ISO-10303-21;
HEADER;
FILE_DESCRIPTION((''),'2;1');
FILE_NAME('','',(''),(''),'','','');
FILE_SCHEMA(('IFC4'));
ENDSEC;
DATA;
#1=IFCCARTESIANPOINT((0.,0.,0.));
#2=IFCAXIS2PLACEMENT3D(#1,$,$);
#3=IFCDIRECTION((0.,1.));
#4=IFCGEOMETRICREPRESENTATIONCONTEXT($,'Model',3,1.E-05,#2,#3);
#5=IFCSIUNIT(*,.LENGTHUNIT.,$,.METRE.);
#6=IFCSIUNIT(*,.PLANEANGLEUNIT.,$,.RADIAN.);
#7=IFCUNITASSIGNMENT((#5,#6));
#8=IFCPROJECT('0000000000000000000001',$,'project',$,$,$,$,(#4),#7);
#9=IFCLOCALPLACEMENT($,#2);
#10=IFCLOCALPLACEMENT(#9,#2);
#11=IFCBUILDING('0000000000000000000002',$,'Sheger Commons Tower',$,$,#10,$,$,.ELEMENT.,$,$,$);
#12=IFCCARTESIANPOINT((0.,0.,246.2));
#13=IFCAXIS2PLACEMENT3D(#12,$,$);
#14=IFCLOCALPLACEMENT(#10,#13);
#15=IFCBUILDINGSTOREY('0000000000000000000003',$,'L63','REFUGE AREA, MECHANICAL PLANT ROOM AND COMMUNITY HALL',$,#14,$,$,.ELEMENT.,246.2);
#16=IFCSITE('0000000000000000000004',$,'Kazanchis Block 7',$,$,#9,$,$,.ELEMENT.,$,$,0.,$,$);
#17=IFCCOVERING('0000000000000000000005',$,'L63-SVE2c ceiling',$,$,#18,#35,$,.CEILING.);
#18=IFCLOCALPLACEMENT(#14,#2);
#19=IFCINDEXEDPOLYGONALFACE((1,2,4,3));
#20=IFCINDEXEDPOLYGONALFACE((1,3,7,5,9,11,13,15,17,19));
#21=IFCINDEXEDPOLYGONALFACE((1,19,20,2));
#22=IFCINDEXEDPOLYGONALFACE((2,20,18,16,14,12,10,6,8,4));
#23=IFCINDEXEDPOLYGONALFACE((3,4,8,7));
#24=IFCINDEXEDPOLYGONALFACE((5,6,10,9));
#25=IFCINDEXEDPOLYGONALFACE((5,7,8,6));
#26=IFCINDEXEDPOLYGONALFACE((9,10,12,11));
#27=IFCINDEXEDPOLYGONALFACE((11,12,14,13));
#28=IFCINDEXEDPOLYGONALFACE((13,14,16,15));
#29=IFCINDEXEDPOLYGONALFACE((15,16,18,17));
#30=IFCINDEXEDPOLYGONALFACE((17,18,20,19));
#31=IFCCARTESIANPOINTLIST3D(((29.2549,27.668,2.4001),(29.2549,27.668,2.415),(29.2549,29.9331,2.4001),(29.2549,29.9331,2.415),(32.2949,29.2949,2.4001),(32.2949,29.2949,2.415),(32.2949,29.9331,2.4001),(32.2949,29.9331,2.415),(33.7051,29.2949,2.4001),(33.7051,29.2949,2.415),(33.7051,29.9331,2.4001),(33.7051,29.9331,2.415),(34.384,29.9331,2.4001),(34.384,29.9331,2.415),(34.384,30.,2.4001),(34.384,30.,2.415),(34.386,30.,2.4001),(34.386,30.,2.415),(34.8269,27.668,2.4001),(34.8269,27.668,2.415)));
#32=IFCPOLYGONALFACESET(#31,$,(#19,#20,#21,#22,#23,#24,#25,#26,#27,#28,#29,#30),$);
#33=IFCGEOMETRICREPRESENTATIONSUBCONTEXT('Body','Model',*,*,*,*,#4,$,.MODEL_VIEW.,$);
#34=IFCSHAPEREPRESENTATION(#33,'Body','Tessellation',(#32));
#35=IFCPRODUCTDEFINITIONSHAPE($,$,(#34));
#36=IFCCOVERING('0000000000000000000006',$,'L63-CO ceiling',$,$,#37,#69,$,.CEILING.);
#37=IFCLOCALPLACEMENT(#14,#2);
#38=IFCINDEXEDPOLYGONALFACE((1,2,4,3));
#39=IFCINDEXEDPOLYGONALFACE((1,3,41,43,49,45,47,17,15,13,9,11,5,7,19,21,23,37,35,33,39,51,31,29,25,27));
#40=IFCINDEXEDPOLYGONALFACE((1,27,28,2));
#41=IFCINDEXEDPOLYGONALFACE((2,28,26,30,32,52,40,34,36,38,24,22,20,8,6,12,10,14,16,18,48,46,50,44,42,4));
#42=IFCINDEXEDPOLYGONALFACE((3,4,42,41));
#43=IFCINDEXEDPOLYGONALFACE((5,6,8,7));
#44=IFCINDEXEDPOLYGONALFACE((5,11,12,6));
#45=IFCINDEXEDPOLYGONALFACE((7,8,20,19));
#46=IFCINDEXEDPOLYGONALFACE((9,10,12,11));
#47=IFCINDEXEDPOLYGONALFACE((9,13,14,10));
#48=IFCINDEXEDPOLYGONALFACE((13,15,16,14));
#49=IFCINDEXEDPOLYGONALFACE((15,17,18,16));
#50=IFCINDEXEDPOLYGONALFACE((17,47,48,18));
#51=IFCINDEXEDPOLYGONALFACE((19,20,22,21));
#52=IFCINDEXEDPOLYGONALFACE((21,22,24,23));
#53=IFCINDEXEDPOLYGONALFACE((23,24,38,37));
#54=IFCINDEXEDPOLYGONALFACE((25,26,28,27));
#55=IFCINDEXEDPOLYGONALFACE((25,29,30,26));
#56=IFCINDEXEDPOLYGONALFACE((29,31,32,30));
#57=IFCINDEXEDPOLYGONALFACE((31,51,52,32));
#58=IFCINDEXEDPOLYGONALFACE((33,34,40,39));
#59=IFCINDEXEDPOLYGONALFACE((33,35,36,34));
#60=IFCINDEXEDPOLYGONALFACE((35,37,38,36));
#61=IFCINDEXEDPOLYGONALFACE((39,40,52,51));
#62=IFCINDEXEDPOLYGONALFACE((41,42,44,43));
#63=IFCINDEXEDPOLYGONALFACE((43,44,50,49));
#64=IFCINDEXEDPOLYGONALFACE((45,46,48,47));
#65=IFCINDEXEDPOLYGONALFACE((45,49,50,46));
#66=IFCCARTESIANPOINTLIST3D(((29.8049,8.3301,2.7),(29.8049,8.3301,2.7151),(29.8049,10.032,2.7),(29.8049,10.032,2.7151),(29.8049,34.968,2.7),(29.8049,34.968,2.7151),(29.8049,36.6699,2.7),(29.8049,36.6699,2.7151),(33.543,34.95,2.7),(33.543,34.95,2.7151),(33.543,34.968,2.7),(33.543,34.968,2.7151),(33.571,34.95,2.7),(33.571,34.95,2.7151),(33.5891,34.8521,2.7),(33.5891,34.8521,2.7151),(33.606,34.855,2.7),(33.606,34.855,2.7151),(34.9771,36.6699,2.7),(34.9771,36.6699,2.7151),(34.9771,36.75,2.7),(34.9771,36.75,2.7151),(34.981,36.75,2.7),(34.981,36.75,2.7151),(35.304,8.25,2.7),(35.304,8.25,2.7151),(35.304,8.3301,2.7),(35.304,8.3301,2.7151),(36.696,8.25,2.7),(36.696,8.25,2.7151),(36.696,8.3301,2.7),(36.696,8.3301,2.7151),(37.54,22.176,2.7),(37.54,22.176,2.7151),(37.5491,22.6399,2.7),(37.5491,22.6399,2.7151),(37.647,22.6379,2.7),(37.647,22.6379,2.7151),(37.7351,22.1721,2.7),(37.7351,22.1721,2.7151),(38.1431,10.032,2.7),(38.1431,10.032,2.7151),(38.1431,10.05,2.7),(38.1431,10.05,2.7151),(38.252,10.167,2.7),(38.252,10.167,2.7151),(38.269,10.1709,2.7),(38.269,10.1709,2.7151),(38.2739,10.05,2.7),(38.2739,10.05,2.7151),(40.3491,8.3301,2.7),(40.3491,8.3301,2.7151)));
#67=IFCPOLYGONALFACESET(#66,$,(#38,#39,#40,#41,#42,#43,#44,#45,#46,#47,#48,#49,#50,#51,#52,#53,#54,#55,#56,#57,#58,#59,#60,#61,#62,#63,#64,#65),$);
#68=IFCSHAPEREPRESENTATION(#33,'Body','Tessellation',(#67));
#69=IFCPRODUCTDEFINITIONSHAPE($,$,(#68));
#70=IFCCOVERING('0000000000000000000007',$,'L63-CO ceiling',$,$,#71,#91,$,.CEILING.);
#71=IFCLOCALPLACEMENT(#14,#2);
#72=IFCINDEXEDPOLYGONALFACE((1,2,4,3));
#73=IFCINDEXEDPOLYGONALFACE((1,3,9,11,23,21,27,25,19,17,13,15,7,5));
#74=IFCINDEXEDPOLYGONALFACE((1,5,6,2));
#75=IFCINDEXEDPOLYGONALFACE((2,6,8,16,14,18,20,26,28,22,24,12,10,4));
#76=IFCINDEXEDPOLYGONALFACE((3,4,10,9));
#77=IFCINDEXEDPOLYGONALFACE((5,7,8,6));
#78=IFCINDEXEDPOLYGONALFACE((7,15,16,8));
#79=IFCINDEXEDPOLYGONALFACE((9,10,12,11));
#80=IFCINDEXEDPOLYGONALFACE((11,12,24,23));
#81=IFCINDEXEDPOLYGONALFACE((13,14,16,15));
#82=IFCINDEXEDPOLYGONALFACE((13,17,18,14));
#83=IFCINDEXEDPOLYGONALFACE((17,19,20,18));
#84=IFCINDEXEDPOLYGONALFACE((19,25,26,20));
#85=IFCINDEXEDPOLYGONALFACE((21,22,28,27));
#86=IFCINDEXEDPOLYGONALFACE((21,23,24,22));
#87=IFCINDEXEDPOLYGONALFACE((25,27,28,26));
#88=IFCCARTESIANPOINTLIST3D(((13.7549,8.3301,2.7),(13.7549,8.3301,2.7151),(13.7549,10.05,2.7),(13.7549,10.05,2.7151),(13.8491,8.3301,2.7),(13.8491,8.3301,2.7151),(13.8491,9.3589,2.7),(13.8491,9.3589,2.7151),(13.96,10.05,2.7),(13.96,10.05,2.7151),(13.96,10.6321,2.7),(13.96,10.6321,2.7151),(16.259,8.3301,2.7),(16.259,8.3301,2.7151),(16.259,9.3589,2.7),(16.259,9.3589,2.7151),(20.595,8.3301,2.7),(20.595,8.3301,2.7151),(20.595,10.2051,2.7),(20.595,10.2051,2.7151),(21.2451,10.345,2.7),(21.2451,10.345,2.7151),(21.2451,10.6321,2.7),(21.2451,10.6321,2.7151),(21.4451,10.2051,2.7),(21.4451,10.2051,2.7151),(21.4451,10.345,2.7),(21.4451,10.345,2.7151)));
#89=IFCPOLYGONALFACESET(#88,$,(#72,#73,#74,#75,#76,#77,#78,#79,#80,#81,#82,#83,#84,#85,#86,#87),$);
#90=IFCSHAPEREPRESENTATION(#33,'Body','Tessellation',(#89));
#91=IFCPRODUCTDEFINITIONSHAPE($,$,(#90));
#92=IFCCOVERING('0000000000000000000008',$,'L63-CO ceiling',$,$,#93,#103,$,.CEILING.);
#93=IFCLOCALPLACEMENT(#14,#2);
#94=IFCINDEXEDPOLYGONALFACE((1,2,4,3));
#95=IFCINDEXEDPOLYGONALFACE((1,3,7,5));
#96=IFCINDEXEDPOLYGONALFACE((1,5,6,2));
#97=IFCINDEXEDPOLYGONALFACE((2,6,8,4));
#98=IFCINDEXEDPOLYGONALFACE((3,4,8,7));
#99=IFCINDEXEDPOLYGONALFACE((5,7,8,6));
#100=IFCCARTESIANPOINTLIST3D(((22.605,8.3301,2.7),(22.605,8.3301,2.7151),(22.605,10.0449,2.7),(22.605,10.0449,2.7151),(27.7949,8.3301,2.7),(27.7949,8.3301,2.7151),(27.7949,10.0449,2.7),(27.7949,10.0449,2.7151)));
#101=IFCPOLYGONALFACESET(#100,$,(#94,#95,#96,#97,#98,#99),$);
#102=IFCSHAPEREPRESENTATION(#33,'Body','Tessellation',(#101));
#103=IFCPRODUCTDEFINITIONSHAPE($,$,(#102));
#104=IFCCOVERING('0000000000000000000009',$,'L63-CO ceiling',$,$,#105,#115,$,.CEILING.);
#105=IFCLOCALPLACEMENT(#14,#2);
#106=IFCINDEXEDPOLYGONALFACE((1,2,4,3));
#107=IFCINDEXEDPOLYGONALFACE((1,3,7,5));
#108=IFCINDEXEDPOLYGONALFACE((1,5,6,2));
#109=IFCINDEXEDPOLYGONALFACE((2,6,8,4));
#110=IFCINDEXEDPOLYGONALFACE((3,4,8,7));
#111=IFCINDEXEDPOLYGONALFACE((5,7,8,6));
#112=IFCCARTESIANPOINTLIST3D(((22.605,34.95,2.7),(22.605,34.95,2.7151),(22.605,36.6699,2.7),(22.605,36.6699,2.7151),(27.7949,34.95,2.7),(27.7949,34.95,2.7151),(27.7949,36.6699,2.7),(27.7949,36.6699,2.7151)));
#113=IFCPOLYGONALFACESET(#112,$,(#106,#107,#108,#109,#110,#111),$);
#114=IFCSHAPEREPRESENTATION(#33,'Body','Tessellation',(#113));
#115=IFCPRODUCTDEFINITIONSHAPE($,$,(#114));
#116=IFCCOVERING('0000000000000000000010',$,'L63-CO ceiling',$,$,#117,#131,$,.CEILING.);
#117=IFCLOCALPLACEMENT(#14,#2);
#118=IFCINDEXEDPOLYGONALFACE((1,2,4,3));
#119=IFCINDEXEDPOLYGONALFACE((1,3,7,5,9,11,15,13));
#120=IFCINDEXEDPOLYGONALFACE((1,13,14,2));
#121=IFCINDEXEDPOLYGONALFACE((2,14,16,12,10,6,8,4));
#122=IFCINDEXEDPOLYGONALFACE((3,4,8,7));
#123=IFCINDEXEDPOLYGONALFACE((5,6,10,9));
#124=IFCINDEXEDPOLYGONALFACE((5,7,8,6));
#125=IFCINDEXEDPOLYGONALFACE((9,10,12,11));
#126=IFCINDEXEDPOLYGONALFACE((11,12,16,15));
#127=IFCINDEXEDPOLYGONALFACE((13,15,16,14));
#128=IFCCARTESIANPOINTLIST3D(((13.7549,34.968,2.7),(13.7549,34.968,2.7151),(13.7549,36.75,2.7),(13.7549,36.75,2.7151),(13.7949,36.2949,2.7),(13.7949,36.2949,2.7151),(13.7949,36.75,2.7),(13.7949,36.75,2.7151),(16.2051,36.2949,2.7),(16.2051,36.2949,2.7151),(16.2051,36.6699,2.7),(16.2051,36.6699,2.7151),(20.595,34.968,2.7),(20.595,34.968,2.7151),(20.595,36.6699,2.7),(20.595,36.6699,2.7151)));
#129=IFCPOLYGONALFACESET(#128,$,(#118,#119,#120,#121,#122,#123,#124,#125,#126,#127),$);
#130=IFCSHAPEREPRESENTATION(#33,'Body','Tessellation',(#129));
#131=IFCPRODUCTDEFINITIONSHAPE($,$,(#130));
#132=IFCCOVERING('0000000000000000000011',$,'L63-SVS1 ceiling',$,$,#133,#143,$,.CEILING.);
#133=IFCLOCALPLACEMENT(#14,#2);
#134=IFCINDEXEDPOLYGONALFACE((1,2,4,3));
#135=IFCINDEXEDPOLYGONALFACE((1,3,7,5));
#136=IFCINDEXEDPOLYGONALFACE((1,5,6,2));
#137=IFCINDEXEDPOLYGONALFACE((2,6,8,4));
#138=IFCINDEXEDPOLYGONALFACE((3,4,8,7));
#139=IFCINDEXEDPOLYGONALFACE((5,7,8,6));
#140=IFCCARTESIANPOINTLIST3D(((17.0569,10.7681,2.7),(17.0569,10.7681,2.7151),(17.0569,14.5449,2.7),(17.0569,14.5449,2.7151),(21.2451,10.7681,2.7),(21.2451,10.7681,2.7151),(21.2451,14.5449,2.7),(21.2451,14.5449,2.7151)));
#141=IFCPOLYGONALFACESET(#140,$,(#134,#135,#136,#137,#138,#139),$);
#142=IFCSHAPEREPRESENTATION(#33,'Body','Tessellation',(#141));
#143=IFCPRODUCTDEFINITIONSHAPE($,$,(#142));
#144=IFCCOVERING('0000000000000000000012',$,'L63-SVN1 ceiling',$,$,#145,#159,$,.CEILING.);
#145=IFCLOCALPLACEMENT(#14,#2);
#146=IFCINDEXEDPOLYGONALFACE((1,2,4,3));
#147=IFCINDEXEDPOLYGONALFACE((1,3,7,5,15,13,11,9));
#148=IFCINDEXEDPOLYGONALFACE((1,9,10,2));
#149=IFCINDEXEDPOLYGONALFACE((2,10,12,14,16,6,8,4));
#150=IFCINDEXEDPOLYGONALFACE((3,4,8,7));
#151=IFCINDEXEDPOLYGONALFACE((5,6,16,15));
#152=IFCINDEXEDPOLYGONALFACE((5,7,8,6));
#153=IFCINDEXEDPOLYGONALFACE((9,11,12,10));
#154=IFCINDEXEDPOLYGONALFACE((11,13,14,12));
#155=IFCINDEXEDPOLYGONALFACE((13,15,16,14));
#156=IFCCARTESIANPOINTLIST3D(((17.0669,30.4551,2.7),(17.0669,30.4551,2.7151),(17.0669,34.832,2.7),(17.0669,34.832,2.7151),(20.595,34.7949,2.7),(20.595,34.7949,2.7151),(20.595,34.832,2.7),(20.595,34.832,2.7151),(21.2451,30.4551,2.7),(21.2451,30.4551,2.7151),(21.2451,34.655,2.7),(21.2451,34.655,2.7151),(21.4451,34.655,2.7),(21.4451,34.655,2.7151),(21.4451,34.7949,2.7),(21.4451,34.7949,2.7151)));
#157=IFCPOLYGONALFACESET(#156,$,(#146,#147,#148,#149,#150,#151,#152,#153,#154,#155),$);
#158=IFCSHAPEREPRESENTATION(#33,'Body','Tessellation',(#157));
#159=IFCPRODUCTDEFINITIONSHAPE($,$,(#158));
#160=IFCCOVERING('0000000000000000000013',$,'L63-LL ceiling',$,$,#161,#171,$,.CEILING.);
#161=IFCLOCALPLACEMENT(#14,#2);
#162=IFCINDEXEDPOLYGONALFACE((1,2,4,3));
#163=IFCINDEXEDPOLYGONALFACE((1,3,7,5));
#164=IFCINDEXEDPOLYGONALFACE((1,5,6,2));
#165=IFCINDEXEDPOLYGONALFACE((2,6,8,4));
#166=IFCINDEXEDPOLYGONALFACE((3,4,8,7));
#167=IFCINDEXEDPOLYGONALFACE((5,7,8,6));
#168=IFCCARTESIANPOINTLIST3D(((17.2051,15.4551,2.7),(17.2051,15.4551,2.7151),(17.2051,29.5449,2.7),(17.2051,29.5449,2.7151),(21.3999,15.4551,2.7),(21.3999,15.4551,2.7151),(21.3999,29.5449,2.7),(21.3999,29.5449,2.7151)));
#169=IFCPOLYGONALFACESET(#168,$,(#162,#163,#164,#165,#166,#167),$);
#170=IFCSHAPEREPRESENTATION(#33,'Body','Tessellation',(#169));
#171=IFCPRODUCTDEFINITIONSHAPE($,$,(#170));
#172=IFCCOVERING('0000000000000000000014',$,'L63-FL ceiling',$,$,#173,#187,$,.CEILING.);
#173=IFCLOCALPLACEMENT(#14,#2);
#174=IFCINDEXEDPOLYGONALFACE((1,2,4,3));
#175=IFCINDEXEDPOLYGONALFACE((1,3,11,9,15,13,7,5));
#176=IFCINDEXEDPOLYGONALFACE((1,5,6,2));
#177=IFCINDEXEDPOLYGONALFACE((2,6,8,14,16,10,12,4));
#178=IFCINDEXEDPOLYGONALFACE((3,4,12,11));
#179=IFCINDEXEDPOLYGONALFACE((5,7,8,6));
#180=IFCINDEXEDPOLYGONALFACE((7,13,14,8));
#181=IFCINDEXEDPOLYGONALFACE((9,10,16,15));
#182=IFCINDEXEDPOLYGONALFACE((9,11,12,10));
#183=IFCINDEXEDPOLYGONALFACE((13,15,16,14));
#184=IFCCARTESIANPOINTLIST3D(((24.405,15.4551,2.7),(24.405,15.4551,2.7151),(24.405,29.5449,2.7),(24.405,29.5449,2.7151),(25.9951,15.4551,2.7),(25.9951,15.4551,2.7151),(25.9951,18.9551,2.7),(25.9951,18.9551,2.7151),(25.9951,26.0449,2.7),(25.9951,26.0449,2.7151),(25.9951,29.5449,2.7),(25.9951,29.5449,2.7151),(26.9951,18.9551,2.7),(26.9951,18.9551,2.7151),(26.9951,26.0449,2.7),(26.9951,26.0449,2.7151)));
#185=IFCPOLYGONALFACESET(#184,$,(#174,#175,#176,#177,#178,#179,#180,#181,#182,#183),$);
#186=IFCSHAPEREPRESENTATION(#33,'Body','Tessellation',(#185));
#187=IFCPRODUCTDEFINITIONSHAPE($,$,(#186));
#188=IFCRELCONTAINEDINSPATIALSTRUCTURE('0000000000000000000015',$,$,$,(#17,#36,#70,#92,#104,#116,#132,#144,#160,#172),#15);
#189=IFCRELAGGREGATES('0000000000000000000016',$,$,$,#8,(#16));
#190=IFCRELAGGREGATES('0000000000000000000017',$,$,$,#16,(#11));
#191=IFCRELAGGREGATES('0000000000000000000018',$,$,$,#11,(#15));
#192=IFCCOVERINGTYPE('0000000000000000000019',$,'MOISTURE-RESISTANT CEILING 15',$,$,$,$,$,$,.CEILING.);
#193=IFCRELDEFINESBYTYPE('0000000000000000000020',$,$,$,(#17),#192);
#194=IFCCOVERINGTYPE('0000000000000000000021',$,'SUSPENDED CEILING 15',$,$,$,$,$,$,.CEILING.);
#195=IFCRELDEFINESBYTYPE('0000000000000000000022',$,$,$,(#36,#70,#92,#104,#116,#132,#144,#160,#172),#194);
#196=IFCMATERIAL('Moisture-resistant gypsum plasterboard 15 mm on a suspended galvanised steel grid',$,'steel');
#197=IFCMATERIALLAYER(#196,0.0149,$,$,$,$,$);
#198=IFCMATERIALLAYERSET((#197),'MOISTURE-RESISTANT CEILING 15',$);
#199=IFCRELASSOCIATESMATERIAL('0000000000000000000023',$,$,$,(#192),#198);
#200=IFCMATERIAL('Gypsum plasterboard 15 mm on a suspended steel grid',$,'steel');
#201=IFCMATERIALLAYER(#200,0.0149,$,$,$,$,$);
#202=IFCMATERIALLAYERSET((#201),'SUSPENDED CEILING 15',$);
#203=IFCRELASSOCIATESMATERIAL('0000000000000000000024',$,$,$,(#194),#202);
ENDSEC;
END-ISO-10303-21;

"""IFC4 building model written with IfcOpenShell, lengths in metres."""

from ifc_helpers import new_model, si_unit, direction, frame, origin, place, context, subcontext, project, spatial, polyline, outline, extrude, material, layer, layer_set, type_object, element, save


model = new_model("IFC4")

# Units and contexts
model_context = context("Model", 3, precision=1e-05, world=origin(), true_north=direction((0.0, 1.0)))
body_context = subcontext(model_context, "Body", "Model", "MODEL_VIEW")
ifc_project = project(units=[si_unit("LENGTHUNIT", "METRE"), si_unit("PLANEANGLEUNIT", "RADIAN")], contexts=[model_context])

# Site, building, storey
site_placement = place(None, origin())
site = spatial("IfcSite", under=ifc_project, at=site_placement, Name="Kazanchis Block 7", CompositionType="ELEMENT", RefElevation=0.0)
building_placement = place(site_placement, origin())
building = spatial("IfcBuilding", under=site, at=building_placement, Name="Sheger Commons Tower", CompositionType="ELEMENT")
storey_placement = place(building_placement, frame((0.0, 0.0, 246.2)))
storey = spatial("IfcBuildingStorey", under=building, at=storey_placement, Name="L63", Description="REFUGE AREA, MECHANICAL PLANT ROOM AND COMMUNITY HALL", CompositionType="ELEMENT", Elevation=246.2)

# Coverings
ifc_material_1 = material(Name="Moisture-resistant gypsum plasterboard 15 mm on a suspended galvanised steel grid", Category="steel")
ifc_layer_1 = layer(ifc_material_1, 0.0149)
ifc_layer_set_1 = layer_set([ifc_layer_1], Name="MOISTURE-RESISTANT CEILING 15")
covering_type_1 = type_object("IfcCoveringType", Name="MOISTURE-RESISTANT CEILING 15", PredefinedType="CEILING", material=ifc_layer_set_1)
covering_1_placement = place(storey_placement, frame((0.0, 0.0, 2.4001)))
element("IfcCovering", 1, at=covering_1_placement, inside=storey, type_object=covering_type_1, Name="L63-SVE2c ceiling", PredefinedType="CEILING", context=body_context, shape_type="SweptSolid", body=[
    extrude(outline(polyline([(29.2549, 27.668), (34.8269, 27.668), (34.386, 30.0), (34.384, 30.0), (34.384, 29.9331), (33.7051, 29.9331), (33.7051, 29.2949), (32.2949, 29.2949), (32.2949, 29.9331), (29.2549, 29.9331), (29.2549, 27.668)])), origin(), (0.0, 0.0, 1.0), 0.0149),
])
ifc_material_2 = material(Name="Gypsum plasterboard 15 mm on a suspended steel grid", Category="steel")
ifc_layer_2 = layer(ifc_material_2, 0.0149)
ifc_layer_set_2 = layer_set([ifc_layer_2], Name="SUSPENDED CEILING 15")
covering_type_2 = type_object("IfcCoveringType", Name="SUSPENDED CEILING 15", PredefinedType="CEILING", material=ifc_layer_set_2)
covering_2_placement = place(storey_placement, frame((0.0, 0.0, 2.7)))
element("IfcCovering", 2, at=covering_2_placement, inside=storey, type_object=covering_type_2, Name="L63-CO ceiling", PredefinedType="CEILING", context=body_context, shape_type="SweptSolid", body=[
    extrude(outline(polyline([(35.304, 8.25), (36.696, 8.25), (36.696, 8.3301), (40.3491, 8.3301), (37.7351, 22.1721), (37.54, 22.176), (37.5491, 22.6399), (37.647, 22.6379), (34.981, 36.75), (34.9771, 36.75), (34.9771, 36.6699), (29.8049, 36.6699), (29.8049, 34.968), (33.543, 34.968), (33.543, 34.95), (33.571, 34.95), (33.5891, 34.8521), (33.606, 34.855), (38.269, 10.1709), (38.252, 10.167), (38.2739, 10.05), (38.1431, 10.05), (38.1431, 10.032), (29.8049, 10.032), (29.8049, 8.3301), (35.304, 8.3301), (35.304, 8.25)])), origin(), (0.0, 0.0, 1.0), 0.0151),
])
covering_3_placement = place(storey_placement, frame((0.0, 0.0, 2.7)))
element("IfcCovering", 3, at=covering_3_placement, inside=storey, type_object=covering_type_2, Name="L63-CO ceiling", PredefinedType="CEILING", context=body_context, shape_type="SweptSolid", body=[
    extrude(outline(polyline([(13.7549, 8.3301), (13.8491, 8.3301), (13.8491, 9.3589), (16.259, 9.3589), (16.259, 8.3301), (20.595, 8.3301), (20.595, 10.2051), (21.4451, 10.2051), (21.4451, 10.345), (21.2451, 10.345), (21.2451, 10.6321), (13.96, 10.6321), (13.96, 10.05), (13.7549, 10.05), (13.7549, 8.3301)])), origin(), (0.0, 0.0, 1.0), 0.0151),
])
covering_4_placement = place(storey_placement, frame((0.0, 0.0, 2.7)))
element("IfcCovering", 4, at=covering_4_placement, inside=storey, type_object=covering_type_2, Name="L63-CO ceiling", PredefinedType="CEILING", context=body_context, shape_type="SweptSolid", body=[
    extrude(outline(polyline([(22.605, 8.3301), (27.7949, 8.3301), (27.7949, 10.0449), (22.605, 10.0449), (22.605, 8.3301)])), origin(), (0.0, 0.0, 1.0), 0.0151),
])
covering_5_placement = place(storey_placement, frame((0.0, 0.0, 2.7)))
element("IfcCovering", 5, at=covering_5_placement, inside=storey, type_object=covering_type_2, Name="L63-CO ceiling", PredefinedType="CEILING", context=body_context, shape_type="SweptSolid", body=[
    extrude(outline(polyline([(22.605, 34.95), (27.7949, 34.95), (27.7949, 36.6699), (22.605, 36.6699), (22.605, 34.95)])), origin(), (0.0, 0.0, 1.0), 0.0151),
])
covering_6_placement = place(storey_placement, frame((0.0, 0.0, 2.7)))
element("IfcCovering", 6, at=covering_6_placement, inside=storey, type_object=covering_type_2, Name="L63-CO ceiling", PredefinedType="CEILING", context=body_context, shape_type="SweptSolid", body=[
    extrude(outline(polyline([(13.7549, 34.968), (20.595, 34.968), (20.595, 36.6699), (16.2051, 36.6699), (16.2051, 36.2949), (13.7949, 36.2949), (13.7949, 36.75), (13.7549, 36.75), (13.7549, 34.968)])), origin(), (0.0, 0.0, 1.0), 0.0151),
])
covering_7_placement = place(storey_placement, frame((0.0, 0.0, 2.7)))
element("IfcCovering", 7, at=covering_7_placement, inside=storey, type_object=covering_type_2, Name="L63-SVS1 ceiling", PredefinedType="CEILING", context=body_context, shape_type="SweptSolid", body=[
    extrude(outline(polyline([(17.0569, 10.7681), (21.2451, 10.7681), (21.2451, 14.5449), (17.0569, 14.5449), (17.0569, 10.7681)])), origin(), (0.0, 0.0, 1.0), 0.0151),
])
covering_8_placement = place(storey_placement, frame((0.0, 0.0, 2.7)))
element("IfcCovering", 8, at=covering_8_placement, inside=storey, type_object=covering_type_2, Name="L63-SVN1 ceiling", PredefinedType="CEILING", context=body_context, shape_type="SweptSolid", body=[
    extrude(outline(polyline([(17.0669, 30.4551), (21.2451, 30.4551), (21.2451, 34.655), (21.4451, 34.655), (21.4451, 34.7949), (20.595, 34.7949), (20.595, 34.832), (17.0669, 34.832), (17.0669, 30.4551)])), origin(), (0.0, 0.0, 1.0), 0.0151),
])
covering_9_placement = place(storey_placement, frame((0.0, 0.0, 2.7)))
element("IfcCovering", 9, at=covering_9_placement, inside=storey, type_object=covering_type_2, Name="L63-LL ceiling", PredefinedType="CEILING", context=body_context, shape_type="SweptSolid", body=[
    extrude(outline(polyline([(17.2051, 15.4551), (21.3999, 15.4551), (21.3999, 29.5449), (17.2051, 29.5449), (17.2051, 15.4551)])), origin(), (0.0, 0.0, 1.0), 0.0151),
])
covering_10_placement = place(storey_placement, frame((0.0, 0.0, 2.7)))
element("IfcCovering", 10, at=covering_10_placement, inside=storey, type_object=covering_type_2, Name="L63-FL ceiling", PredefinedType="CEILING", context=body_context, shape_type="SweptSolid", body=[
    extrude(outline(polyline([(24.405, 15.4551), (25.9951, 15.4551), (25.9951, 18.9551), (26.9951, 18.9551), (26.9951, 26.0449), (25.9951, 26.0449), (25.9951, 29.5449), (24.405, 29.5449), (24.405, 15.4551)])), origin(), (0.0, 0.0, 1.0), 0.0151),
])

save(model, "model.ifc")
